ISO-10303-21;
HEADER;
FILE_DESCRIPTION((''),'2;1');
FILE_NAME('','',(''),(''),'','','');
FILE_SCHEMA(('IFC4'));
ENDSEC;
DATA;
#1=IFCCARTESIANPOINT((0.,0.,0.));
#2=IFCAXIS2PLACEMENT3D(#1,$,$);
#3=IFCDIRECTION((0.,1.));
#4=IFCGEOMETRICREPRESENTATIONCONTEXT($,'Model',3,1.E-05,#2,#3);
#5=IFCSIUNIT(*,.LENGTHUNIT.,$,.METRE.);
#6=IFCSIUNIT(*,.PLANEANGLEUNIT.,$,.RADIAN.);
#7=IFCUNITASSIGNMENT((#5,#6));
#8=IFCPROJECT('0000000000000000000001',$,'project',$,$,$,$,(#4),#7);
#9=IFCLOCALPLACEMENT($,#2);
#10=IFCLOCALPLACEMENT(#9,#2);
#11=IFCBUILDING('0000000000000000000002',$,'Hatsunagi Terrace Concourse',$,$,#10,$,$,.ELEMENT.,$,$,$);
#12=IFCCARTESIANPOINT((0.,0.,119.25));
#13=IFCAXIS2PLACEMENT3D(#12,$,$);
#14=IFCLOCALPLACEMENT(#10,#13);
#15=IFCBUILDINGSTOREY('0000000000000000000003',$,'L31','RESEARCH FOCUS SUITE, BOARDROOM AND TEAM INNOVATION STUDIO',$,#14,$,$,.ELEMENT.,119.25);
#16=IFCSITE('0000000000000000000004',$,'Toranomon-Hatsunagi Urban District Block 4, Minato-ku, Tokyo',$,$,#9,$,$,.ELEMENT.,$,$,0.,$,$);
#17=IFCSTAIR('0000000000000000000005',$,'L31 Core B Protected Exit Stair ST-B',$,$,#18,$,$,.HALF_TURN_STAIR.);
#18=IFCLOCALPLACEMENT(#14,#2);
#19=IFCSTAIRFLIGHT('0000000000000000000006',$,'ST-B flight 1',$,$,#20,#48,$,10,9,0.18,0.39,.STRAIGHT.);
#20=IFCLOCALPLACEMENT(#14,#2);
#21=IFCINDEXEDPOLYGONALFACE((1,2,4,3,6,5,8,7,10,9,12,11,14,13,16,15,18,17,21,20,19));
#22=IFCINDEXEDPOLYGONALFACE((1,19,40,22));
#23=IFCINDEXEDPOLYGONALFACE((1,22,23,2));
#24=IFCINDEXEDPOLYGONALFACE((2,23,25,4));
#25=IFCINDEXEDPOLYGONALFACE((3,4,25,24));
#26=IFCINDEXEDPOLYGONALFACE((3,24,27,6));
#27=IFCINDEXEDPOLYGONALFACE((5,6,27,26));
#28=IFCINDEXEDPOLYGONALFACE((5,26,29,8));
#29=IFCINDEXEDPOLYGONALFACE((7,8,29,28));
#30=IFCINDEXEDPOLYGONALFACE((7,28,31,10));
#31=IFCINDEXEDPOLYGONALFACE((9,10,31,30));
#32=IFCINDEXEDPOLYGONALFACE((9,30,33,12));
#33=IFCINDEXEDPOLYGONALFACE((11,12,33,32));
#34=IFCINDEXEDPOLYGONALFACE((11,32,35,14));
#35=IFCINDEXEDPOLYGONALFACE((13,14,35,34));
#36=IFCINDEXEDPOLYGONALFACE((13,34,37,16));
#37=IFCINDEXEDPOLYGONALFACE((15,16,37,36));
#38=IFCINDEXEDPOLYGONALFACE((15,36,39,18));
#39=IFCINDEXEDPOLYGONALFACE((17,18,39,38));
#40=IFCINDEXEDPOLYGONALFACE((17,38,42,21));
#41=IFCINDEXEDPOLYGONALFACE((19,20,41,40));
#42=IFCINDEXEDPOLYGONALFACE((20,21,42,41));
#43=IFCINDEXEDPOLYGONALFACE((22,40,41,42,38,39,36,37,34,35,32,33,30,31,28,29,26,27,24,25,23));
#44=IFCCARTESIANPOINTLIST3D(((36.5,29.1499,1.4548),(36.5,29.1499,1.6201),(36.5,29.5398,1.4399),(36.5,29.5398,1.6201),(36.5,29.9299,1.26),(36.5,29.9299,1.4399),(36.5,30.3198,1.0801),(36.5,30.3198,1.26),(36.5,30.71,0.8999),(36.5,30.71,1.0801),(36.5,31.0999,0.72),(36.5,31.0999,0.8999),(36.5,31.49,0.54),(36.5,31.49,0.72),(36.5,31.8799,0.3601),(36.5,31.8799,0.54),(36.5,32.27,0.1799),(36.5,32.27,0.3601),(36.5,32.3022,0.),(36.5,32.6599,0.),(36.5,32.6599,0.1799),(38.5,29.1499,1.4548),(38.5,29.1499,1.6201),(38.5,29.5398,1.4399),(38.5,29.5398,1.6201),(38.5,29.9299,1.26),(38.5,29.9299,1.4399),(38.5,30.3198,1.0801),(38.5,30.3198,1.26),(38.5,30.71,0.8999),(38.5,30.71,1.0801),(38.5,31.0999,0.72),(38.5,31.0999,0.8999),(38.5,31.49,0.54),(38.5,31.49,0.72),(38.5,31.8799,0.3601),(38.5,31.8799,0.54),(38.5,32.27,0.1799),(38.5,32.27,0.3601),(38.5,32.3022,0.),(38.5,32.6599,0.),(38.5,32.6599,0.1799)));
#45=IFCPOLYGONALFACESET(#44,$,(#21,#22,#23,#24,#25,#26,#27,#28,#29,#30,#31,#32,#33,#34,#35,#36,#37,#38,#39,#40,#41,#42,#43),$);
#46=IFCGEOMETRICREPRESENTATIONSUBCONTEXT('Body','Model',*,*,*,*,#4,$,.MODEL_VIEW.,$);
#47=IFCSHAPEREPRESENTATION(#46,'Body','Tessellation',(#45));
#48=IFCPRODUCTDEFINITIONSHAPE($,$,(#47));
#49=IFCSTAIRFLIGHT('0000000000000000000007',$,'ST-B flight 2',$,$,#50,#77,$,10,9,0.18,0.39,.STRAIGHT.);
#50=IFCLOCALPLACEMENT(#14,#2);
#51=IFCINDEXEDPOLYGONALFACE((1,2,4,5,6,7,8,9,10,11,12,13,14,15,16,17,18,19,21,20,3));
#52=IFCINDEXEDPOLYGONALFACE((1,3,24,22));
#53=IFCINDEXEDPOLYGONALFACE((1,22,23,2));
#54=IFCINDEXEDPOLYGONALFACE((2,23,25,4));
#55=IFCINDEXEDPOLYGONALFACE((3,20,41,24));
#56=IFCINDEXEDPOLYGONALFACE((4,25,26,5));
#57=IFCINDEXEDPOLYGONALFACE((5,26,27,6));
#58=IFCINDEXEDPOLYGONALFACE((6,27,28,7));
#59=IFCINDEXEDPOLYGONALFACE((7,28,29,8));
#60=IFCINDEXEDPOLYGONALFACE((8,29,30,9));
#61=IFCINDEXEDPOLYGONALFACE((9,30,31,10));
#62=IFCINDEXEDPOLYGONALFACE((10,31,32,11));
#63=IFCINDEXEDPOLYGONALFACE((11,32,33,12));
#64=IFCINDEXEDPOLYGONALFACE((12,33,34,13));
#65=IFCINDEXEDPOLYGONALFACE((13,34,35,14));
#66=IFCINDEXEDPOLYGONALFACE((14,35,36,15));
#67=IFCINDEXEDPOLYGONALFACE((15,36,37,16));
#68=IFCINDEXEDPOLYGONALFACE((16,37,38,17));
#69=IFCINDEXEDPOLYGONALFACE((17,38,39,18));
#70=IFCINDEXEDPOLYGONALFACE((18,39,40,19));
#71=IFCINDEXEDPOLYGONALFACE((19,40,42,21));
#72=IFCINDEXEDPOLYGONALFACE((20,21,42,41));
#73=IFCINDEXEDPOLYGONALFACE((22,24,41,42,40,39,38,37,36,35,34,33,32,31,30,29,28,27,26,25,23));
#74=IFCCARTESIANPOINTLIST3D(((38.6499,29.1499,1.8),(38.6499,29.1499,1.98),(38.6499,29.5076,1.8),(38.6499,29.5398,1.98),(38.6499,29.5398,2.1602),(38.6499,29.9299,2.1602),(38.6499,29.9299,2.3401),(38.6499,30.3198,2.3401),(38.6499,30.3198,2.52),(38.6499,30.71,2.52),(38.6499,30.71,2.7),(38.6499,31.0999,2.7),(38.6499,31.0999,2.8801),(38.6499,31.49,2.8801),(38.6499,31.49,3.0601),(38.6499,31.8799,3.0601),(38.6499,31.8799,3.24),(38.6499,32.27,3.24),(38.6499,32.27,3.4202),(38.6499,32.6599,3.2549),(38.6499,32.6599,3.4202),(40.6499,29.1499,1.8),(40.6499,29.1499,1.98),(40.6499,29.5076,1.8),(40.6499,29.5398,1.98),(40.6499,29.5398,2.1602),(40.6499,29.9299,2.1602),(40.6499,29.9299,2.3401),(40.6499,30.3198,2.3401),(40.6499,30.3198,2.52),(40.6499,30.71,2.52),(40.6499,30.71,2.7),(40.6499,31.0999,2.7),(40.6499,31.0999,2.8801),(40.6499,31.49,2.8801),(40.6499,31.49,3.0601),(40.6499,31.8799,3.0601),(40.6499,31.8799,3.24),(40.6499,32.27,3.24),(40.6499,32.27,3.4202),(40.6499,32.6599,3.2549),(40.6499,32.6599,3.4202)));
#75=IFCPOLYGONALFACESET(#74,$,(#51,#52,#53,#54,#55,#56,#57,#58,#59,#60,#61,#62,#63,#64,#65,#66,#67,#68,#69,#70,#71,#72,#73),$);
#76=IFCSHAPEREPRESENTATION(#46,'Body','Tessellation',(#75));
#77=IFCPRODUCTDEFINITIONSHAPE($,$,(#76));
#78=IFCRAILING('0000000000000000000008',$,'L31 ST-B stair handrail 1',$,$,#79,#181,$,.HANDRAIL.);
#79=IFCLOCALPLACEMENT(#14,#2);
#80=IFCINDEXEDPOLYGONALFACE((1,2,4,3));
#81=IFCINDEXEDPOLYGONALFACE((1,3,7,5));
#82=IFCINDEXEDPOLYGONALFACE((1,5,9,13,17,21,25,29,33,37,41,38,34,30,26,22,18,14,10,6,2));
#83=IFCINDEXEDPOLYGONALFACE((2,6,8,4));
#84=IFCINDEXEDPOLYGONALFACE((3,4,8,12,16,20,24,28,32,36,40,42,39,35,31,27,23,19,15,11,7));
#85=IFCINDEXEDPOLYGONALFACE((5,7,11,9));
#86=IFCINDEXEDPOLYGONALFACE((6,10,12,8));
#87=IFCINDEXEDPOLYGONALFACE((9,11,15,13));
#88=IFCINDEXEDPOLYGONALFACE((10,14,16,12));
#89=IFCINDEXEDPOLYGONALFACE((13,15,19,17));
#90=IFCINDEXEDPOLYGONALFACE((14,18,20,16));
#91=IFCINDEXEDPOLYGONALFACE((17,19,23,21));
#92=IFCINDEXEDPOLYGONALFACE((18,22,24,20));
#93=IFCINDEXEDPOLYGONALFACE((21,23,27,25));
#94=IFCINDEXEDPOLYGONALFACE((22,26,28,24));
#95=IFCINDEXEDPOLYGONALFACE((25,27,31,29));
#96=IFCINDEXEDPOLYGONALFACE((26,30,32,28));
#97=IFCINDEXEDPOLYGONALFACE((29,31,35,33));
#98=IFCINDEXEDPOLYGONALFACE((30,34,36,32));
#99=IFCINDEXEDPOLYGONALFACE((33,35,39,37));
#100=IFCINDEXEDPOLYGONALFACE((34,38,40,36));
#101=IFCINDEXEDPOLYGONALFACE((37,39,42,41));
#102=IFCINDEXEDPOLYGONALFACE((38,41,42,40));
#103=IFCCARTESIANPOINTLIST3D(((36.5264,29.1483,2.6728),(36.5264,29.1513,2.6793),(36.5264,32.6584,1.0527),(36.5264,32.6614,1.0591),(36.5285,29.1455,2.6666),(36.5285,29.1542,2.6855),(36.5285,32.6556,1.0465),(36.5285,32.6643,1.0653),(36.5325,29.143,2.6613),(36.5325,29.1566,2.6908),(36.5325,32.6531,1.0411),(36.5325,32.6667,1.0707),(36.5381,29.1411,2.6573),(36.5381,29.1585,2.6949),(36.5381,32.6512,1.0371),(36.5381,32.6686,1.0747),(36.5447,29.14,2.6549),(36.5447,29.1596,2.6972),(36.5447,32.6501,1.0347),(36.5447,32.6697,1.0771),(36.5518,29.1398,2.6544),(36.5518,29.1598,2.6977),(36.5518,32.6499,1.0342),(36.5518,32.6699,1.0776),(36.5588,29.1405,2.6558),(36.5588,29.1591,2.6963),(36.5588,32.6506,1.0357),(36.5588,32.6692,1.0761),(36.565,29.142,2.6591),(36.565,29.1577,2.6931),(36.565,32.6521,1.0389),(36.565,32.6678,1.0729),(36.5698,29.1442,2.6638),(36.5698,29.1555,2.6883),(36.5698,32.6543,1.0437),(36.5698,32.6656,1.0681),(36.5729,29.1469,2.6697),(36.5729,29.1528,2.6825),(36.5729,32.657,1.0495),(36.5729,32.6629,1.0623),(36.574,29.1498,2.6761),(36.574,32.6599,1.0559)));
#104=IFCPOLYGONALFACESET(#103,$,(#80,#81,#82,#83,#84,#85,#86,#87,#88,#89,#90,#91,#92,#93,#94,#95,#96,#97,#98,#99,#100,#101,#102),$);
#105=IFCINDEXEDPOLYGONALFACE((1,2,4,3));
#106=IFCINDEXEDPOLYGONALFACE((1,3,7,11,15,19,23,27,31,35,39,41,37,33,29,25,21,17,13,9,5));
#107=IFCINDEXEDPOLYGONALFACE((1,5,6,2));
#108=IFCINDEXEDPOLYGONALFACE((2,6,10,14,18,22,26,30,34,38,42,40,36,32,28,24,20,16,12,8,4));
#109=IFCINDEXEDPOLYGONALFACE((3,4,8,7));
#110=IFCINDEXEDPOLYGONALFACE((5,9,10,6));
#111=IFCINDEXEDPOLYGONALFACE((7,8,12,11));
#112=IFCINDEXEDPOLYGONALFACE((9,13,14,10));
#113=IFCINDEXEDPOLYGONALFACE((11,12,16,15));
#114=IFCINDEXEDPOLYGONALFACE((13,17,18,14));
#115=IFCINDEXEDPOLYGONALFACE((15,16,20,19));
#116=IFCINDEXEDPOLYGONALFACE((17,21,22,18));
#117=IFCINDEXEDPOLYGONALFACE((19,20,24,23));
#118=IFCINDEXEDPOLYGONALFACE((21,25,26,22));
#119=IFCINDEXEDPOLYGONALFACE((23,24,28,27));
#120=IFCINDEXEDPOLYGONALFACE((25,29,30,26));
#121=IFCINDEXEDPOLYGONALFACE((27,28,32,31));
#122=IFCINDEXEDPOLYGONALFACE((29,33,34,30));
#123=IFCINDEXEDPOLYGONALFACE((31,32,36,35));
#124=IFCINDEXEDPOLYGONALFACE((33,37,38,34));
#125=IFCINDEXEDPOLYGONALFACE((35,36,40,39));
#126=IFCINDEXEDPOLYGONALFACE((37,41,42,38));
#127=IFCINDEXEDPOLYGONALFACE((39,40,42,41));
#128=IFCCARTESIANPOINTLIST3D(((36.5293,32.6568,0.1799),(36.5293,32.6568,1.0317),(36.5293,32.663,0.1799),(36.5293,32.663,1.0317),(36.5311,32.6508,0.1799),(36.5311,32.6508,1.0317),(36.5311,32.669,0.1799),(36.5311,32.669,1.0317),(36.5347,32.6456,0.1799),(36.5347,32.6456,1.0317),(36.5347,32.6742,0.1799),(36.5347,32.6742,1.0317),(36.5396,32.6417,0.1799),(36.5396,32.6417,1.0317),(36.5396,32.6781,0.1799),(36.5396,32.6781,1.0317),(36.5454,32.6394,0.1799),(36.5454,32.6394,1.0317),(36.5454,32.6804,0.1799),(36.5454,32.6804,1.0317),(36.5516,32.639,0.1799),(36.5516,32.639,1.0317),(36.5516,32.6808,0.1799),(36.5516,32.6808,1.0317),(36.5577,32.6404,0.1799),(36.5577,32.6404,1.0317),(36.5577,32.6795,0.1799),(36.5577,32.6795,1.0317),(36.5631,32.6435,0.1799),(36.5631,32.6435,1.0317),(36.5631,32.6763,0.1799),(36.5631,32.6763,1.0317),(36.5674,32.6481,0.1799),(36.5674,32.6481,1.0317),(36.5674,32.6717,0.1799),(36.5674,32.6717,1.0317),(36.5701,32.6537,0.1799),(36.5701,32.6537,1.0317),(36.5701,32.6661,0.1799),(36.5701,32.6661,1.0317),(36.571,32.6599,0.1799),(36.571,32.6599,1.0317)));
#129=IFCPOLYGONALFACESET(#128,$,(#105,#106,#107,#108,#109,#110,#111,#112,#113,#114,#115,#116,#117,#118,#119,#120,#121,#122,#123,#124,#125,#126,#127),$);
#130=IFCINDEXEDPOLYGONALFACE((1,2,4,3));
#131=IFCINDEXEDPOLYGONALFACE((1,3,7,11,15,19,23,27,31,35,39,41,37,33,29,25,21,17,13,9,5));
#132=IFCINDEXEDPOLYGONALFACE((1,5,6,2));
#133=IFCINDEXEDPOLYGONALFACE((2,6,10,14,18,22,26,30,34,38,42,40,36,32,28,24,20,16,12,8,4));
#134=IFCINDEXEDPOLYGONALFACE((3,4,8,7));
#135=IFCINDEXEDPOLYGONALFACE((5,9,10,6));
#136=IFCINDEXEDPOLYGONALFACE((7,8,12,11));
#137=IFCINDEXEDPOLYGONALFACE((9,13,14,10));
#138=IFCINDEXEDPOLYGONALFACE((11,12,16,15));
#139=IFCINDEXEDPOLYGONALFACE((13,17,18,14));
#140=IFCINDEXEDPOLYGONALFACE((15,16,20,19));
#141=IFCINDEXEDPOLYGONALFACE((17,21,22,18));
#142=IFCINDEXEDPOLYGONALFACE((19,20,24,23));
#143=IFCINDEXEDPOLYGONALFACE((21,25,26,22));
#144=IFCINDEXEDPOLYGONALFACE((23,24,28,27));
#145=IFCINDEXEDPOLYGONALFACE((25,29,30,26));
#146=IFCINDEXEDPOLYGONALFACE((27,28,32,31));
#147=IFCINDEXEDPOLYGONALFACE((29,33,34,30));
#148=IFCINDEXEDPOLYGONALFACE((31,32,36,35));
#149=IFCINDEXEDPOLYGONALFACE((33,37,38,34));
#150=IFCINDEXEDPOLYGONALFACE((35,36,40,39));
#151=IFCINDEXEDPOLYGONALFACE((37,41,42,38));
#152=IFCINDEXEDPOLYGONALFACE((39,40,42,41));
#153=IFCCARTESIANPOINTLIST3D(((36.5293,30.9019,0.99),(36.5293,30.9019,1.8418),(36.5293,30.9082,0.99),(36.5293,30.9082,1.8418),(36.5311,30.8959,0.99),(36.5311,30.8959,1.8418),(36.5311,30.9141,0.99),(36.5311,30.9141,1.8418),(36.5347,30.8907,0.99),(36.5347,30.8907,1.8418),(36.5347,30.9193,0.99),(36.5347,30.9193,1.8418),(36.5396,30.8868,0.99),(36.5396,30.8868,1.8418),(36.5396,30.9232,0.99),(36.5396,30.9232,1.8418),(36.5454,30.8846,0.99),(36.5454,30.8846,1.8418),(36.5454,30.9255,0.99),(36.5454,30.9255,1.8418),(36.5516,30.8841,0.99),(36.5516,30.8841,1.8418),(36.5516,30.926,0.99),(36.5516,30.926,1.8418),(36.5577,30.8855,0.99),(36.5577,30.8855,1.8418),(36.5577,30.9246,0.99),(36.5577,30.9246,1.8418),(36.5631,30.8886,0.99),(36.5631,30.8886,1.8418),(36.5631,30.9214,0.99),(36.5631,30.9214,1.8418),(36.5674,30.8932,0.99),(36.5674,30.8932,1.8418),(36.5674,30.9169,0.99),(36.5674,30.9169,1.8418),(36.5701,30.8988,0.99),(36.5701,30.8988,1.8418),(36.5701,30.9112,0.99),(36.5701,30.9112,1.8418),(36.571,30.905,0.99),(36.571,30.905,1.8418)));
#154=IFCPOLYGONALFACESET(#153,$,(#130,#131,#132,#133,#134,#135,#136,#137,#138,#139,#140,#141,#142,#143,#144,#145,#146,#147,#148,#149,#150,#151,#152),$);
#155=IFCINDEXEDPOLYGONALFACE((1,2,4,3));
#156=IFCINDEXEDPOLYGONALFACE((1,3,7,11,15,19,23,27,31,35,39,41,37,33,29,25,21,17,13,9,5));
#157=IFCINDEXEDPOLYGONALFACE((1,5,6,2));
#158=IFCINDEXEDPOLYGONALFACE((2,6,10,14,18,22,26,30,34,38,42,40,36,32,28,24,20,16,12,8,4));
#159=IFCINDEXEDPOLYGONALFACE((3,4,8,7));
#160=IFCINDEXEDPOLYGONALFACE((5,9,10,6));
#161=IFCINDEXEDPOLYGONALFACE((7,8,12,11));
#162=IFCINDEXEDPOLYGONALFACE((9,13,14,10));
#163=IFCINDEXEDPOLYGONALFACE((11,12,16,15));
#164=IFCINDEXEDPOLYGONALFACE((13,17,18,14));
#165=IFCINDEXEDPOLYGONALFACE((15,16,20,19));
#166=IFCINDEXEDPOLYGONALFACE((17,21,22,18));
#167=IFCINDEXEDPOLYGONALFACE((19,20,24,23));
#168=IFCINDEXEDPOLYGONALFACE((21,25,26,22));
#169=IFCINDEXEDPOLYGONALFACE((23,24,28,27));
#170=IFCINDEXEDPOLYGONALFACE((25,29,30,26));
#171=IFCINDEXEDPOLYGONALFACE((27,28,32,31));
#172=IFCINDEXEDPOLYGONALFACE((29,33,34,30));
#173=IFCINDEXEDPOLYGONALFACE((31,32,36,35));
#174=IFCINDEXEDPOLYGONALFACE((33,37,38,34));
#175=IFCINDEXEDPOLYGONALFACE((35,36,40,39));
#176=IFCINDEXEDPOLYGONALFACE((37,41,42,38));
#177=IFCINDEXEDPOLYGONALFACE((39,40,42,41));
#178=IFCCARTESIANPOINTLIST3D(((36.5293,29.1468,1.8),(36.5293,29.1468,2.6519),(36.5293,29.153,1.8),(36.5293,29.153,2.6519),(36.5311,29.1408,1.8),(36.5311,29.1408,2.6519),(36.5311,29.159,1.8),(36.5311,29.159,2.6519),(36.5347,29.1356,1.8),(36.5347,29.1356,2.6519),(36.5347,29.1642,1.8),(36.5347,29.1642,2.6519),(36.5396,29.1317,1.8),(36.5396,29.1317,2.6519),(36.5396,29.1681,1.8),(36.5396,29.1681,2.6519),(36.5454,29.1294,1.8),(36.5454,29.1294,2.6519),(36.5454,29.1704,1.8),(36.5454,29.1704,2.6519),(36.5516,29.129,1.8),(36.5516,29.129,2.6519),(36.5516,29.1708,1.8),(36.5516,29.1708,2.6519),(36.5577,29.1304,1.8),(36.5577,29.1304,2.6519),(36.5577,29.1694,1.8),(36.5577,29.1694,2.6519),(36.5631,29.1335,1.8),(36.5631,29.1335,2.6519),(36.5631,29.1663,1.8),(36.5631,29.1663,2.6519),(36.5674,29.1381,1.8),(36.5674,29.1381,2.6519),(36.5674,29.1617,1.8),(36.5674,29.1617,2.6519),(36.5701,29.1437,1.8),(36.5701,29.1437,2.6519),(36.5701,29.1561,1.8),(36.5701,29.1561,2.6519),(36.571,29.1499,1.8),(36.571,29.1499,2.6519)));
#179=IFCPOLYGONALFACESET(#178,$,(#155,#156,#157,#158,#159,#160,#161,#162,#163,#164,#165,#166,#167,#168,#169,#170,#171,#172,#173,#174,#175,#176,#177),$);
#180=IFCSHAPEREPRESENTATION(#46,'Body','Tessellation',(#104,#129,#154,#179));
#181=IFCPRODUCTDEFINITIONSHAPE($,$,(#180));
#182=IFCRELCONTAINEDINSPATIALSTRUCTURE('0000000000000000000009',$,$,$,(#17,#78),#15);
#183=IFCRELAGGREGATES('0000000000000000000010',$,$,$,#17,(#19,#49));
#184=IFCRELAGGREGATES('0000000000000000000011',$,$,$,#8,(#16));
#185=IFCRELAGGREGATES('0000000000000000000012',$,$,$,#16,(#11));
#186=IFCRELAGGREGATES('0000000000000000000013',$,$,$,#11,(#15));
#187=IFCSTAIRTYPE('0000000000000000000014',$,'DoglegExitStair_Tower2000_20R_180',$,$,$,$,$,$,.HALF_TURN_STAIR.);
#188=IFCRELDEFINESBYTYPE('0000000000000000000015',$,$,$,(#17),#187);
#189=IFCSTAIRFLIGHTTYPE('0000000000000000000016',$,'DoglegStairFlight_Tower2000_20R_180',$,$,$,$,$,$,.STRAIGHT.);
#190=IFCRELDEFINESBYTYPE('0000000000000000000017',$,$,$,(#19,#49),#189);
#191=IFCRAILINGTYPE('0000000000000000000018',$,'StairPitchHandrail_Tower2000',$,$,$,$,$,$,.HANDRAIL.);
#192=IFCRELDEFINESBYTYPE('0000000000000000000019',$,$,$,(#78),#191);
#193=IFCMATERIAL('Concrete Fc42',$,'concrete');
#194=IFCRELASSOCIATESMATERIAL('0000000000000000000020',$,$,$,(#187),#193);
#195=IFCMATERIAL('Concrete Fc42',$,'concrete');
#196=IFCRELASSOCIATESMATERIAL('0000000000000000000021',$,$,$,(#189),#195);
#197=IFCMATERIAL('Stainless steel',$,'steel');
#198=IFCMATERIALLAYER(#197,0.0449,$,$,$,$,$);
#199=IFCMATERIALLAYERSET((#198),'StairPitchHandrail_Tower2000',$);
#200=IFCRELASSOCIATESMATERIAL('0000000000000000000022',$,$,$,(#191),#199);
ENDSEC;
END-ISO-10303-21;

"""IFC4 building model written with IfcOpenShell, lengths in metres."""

from ifc_helpers import new_model, si_unit, direction, frame, origin, origin_2d, place, context, subcontext, project, spatial, polyline, circle, outline, extrude, material, layer, layer_set, type_object, element, aggregate, save


model = new_model("IFC4")

# Units and contexts
model_context = context("Model", 3, precision=1e-05, world=origin(), true_north=direction((0.0, 1.0)))
body_context = subcontext(model_context, "Body", "Model", "MODEL_VIEW")
ifc_project = project(units=[si_unit("LENGTHUNIT", "METRE"), si_unit("PLANEANGLEUNIT", "RADIAN")], contexts=[model_context])

# Site, building, storey
site_placement = place(None, origin())
site = spatial("IfcSite", under=ifc_project, at=site_placement, Name="Toranomon-Hatsunagi Urban District Block 4, Minato-ku, Tokyo", CompositionType="ELEMENT", RefElevation=0.0)
building_placement = place(site_placement, origin())
building = spatial("IfcBuilding", under=site, at=building_placement, Name="Hatsunagi Terrace Concourse", CompositionType="ELEMENT")
storey_placement = place(building_placement, frame((0.0, 0.0, 119.25)))
storey = spatial("IfcBuildingStorey", under=building, at=storey_placement, Name="L31", Description="RESEARCH FOCUS SUITE, BOARDROOM AND TEAM INNOVATION STUDIO", CompositionType="ELEMENT", Elevation=119.25)

# Stair, stair flights
ifc_material_1 = material(Name="Concrete Fc42", Category="concrete")
stair_type = type_object("IfcStairType", Name="DoglegExitStair_Tower2000_20R_180", PredefinedType="HALF_TURN_STAIR", material=ifc_material_1)
stair_placement = place(storey_placement, origin())
stair = element("IfcStair", 1, at=stair_placement, inside=storey, type_object=stair_type, Name="L31 Core B Protected Exit Stair ST-B", PredefinedType="HALF_TURN_STAIR")
ifc_material_2 = material(Name="Concrete Fc42", Category="concrete")
stair_flight_type = type_object("IfcStairFlightType", Name="DoglegStairFlight_Tower2000_20R_180", PredefinedType="STRAIGHT", material=ifc_material_2)
stair_flight_1_placement = place(storey_placement, frame((37.5, 32.6599, 0.0), z_axis=(0.0, 0.0, 1.0), x_axis=(0.0, -1.0, 0.0)))
stair_flight_1 = element("IfcStairFlight", 2, at=stair_flight_1_placement, type_object=stair_flight_type, Name="ST-B flight 1", NumberOfRisers=10, NumberOfTreads=9, PredefinedType="STRAIGHT", RiserHeight=0.18, TreadLength=0.39, context=body_context, shape_type="SweptSolid", body=[
    extrude(outline(polyline([(0.0, 0.0), (0.0, 0.1799), (0.3899, 0.1799), (0.3899, 0.3601), (0.78, 0.3601), (0.78, 0.54), (1.1699, 0.54), (1.1699, 0.72), (1.5601, 0.72), (1.5601, 0.8999), (1.95, 0.8999), (1.95, 1.0801), (2.3401, 1.0801), (2.3401, 1.26), (2.73, 1.26), (2.73, 1.4399), (3.1201, 1.4399), (3.1201, 1.6201), (3.51, 1.6201), (3.51, 1.8), (3.51, 1.4548), (0.3577, 0.0), (0.0, 0.0)])), frame((0.0, 1.0, 0.0), z_axis=(0.0, -1.0, 0.0), x_axis=(1.0, 0.0, 0.0)), (0.0, 0.0, 1.0), 2.0),
])
stair_flight_2_placement = place(storey_placement, frame((39.6499, 29.1499, 1.8), z_axis=(0.0, 0.0, 1.0), x_axis=(0.0, 1.0, 0.0)))
stair_flight_2 = element("IfcStairFlight", 3, at=stair_flight_2_placement, type_object=stair_flight_type, Name="ST-B flight 2", NumberOfRisers=10, NumberOfTreads=9, PredefinedType="STRAIGHT", RiserHeight=0.18, TreadLength=0.39, context=body_context, shape_type="SweptSolid", body=[
    extrude(outline(polyline([(0.0, 0.0), (0.0, 0.1799), (0.3899, 0.1799), (0.3899, 0.3601), (0.78, 0.3601), (0.78, 0.54), (1.1699, 0.54), (1.1699, 0.72), (1.5601, 0.72), (1.5601, 0.8999), (1.95, 0.8999), (1.95, 1.0801), (2.3401, 1.0801), (2.3401, 1.26), (2.73, 1.26), (2.73, 1.4399), (3.1201, 1.4399), (3.1201, 1.6201), (3.51, 1.6201), (3.51, 1.8), (3.51, 1.4548), (0.3577, 0.0), (0.0, 0.0)])), frame((0.0, 1.0, 0.0), z_axis=(0.0, -1.0, 0.0), x_axis=(1.0, 0.0, 0.0)), (0.0, 0.0, 1.0), 2.0),
])
aggregate(stair, [stair_flight_1, stair_flight_2])

# Railing
ifc_material_3 = material(Name="Stainless steel", Category="steel")
ifc_layer_1 = layer(ifc_material_3, 0.0449)
ifc_layer_set_1 = layer_set([ifc_layer_1], Name="StairPitchHandrail_Tower2000")
railing_type_1 = type_object("IfcRailingType", Name="StairPitchHandrail_Tower2000", PredefinedType="HANDRAIL", material=ifc_layer_set_1)
railing_1_placement = place(storey_placement, frame((36.55, 32.6599, 0.1799)))
element("IfcRailing", 4, at=railing_1_placement, inside=storey, type_object=railing_type_1, Name="L31 ST-B stair handrail 1", PredefinedType="HANDRAIL", context=body_context, shape_type="SweptSolid", body=[
    extrude(circle(Radius=0.0239, at=origin_2d()), frame((0.0, 0.0, 0.876), z_axis=(0.0, -0.907948, 0.419082), x_axis=(1.0, 0.0, 0.0)), (0.0, 0.0, 1.0), 3.866),
    extrude(circle(Radius=0.021, at=origin_2d()), origin(), (0.0, 0.0, 1.0), 0.8518),
    extrude(circle(Radius=0.021, at=origin_2d()), frame((0.0, -1.7549, 0.8101)), (0.0, 0.0, 1.0), 0.8518),
    extrude(circle(Radius=0.021, at=origin_2d()), frame((0.0, -3.51, 1.6201)), (0.0, 0.0, 1.0), 0.8518),
])

save(model, "model.ifc")
